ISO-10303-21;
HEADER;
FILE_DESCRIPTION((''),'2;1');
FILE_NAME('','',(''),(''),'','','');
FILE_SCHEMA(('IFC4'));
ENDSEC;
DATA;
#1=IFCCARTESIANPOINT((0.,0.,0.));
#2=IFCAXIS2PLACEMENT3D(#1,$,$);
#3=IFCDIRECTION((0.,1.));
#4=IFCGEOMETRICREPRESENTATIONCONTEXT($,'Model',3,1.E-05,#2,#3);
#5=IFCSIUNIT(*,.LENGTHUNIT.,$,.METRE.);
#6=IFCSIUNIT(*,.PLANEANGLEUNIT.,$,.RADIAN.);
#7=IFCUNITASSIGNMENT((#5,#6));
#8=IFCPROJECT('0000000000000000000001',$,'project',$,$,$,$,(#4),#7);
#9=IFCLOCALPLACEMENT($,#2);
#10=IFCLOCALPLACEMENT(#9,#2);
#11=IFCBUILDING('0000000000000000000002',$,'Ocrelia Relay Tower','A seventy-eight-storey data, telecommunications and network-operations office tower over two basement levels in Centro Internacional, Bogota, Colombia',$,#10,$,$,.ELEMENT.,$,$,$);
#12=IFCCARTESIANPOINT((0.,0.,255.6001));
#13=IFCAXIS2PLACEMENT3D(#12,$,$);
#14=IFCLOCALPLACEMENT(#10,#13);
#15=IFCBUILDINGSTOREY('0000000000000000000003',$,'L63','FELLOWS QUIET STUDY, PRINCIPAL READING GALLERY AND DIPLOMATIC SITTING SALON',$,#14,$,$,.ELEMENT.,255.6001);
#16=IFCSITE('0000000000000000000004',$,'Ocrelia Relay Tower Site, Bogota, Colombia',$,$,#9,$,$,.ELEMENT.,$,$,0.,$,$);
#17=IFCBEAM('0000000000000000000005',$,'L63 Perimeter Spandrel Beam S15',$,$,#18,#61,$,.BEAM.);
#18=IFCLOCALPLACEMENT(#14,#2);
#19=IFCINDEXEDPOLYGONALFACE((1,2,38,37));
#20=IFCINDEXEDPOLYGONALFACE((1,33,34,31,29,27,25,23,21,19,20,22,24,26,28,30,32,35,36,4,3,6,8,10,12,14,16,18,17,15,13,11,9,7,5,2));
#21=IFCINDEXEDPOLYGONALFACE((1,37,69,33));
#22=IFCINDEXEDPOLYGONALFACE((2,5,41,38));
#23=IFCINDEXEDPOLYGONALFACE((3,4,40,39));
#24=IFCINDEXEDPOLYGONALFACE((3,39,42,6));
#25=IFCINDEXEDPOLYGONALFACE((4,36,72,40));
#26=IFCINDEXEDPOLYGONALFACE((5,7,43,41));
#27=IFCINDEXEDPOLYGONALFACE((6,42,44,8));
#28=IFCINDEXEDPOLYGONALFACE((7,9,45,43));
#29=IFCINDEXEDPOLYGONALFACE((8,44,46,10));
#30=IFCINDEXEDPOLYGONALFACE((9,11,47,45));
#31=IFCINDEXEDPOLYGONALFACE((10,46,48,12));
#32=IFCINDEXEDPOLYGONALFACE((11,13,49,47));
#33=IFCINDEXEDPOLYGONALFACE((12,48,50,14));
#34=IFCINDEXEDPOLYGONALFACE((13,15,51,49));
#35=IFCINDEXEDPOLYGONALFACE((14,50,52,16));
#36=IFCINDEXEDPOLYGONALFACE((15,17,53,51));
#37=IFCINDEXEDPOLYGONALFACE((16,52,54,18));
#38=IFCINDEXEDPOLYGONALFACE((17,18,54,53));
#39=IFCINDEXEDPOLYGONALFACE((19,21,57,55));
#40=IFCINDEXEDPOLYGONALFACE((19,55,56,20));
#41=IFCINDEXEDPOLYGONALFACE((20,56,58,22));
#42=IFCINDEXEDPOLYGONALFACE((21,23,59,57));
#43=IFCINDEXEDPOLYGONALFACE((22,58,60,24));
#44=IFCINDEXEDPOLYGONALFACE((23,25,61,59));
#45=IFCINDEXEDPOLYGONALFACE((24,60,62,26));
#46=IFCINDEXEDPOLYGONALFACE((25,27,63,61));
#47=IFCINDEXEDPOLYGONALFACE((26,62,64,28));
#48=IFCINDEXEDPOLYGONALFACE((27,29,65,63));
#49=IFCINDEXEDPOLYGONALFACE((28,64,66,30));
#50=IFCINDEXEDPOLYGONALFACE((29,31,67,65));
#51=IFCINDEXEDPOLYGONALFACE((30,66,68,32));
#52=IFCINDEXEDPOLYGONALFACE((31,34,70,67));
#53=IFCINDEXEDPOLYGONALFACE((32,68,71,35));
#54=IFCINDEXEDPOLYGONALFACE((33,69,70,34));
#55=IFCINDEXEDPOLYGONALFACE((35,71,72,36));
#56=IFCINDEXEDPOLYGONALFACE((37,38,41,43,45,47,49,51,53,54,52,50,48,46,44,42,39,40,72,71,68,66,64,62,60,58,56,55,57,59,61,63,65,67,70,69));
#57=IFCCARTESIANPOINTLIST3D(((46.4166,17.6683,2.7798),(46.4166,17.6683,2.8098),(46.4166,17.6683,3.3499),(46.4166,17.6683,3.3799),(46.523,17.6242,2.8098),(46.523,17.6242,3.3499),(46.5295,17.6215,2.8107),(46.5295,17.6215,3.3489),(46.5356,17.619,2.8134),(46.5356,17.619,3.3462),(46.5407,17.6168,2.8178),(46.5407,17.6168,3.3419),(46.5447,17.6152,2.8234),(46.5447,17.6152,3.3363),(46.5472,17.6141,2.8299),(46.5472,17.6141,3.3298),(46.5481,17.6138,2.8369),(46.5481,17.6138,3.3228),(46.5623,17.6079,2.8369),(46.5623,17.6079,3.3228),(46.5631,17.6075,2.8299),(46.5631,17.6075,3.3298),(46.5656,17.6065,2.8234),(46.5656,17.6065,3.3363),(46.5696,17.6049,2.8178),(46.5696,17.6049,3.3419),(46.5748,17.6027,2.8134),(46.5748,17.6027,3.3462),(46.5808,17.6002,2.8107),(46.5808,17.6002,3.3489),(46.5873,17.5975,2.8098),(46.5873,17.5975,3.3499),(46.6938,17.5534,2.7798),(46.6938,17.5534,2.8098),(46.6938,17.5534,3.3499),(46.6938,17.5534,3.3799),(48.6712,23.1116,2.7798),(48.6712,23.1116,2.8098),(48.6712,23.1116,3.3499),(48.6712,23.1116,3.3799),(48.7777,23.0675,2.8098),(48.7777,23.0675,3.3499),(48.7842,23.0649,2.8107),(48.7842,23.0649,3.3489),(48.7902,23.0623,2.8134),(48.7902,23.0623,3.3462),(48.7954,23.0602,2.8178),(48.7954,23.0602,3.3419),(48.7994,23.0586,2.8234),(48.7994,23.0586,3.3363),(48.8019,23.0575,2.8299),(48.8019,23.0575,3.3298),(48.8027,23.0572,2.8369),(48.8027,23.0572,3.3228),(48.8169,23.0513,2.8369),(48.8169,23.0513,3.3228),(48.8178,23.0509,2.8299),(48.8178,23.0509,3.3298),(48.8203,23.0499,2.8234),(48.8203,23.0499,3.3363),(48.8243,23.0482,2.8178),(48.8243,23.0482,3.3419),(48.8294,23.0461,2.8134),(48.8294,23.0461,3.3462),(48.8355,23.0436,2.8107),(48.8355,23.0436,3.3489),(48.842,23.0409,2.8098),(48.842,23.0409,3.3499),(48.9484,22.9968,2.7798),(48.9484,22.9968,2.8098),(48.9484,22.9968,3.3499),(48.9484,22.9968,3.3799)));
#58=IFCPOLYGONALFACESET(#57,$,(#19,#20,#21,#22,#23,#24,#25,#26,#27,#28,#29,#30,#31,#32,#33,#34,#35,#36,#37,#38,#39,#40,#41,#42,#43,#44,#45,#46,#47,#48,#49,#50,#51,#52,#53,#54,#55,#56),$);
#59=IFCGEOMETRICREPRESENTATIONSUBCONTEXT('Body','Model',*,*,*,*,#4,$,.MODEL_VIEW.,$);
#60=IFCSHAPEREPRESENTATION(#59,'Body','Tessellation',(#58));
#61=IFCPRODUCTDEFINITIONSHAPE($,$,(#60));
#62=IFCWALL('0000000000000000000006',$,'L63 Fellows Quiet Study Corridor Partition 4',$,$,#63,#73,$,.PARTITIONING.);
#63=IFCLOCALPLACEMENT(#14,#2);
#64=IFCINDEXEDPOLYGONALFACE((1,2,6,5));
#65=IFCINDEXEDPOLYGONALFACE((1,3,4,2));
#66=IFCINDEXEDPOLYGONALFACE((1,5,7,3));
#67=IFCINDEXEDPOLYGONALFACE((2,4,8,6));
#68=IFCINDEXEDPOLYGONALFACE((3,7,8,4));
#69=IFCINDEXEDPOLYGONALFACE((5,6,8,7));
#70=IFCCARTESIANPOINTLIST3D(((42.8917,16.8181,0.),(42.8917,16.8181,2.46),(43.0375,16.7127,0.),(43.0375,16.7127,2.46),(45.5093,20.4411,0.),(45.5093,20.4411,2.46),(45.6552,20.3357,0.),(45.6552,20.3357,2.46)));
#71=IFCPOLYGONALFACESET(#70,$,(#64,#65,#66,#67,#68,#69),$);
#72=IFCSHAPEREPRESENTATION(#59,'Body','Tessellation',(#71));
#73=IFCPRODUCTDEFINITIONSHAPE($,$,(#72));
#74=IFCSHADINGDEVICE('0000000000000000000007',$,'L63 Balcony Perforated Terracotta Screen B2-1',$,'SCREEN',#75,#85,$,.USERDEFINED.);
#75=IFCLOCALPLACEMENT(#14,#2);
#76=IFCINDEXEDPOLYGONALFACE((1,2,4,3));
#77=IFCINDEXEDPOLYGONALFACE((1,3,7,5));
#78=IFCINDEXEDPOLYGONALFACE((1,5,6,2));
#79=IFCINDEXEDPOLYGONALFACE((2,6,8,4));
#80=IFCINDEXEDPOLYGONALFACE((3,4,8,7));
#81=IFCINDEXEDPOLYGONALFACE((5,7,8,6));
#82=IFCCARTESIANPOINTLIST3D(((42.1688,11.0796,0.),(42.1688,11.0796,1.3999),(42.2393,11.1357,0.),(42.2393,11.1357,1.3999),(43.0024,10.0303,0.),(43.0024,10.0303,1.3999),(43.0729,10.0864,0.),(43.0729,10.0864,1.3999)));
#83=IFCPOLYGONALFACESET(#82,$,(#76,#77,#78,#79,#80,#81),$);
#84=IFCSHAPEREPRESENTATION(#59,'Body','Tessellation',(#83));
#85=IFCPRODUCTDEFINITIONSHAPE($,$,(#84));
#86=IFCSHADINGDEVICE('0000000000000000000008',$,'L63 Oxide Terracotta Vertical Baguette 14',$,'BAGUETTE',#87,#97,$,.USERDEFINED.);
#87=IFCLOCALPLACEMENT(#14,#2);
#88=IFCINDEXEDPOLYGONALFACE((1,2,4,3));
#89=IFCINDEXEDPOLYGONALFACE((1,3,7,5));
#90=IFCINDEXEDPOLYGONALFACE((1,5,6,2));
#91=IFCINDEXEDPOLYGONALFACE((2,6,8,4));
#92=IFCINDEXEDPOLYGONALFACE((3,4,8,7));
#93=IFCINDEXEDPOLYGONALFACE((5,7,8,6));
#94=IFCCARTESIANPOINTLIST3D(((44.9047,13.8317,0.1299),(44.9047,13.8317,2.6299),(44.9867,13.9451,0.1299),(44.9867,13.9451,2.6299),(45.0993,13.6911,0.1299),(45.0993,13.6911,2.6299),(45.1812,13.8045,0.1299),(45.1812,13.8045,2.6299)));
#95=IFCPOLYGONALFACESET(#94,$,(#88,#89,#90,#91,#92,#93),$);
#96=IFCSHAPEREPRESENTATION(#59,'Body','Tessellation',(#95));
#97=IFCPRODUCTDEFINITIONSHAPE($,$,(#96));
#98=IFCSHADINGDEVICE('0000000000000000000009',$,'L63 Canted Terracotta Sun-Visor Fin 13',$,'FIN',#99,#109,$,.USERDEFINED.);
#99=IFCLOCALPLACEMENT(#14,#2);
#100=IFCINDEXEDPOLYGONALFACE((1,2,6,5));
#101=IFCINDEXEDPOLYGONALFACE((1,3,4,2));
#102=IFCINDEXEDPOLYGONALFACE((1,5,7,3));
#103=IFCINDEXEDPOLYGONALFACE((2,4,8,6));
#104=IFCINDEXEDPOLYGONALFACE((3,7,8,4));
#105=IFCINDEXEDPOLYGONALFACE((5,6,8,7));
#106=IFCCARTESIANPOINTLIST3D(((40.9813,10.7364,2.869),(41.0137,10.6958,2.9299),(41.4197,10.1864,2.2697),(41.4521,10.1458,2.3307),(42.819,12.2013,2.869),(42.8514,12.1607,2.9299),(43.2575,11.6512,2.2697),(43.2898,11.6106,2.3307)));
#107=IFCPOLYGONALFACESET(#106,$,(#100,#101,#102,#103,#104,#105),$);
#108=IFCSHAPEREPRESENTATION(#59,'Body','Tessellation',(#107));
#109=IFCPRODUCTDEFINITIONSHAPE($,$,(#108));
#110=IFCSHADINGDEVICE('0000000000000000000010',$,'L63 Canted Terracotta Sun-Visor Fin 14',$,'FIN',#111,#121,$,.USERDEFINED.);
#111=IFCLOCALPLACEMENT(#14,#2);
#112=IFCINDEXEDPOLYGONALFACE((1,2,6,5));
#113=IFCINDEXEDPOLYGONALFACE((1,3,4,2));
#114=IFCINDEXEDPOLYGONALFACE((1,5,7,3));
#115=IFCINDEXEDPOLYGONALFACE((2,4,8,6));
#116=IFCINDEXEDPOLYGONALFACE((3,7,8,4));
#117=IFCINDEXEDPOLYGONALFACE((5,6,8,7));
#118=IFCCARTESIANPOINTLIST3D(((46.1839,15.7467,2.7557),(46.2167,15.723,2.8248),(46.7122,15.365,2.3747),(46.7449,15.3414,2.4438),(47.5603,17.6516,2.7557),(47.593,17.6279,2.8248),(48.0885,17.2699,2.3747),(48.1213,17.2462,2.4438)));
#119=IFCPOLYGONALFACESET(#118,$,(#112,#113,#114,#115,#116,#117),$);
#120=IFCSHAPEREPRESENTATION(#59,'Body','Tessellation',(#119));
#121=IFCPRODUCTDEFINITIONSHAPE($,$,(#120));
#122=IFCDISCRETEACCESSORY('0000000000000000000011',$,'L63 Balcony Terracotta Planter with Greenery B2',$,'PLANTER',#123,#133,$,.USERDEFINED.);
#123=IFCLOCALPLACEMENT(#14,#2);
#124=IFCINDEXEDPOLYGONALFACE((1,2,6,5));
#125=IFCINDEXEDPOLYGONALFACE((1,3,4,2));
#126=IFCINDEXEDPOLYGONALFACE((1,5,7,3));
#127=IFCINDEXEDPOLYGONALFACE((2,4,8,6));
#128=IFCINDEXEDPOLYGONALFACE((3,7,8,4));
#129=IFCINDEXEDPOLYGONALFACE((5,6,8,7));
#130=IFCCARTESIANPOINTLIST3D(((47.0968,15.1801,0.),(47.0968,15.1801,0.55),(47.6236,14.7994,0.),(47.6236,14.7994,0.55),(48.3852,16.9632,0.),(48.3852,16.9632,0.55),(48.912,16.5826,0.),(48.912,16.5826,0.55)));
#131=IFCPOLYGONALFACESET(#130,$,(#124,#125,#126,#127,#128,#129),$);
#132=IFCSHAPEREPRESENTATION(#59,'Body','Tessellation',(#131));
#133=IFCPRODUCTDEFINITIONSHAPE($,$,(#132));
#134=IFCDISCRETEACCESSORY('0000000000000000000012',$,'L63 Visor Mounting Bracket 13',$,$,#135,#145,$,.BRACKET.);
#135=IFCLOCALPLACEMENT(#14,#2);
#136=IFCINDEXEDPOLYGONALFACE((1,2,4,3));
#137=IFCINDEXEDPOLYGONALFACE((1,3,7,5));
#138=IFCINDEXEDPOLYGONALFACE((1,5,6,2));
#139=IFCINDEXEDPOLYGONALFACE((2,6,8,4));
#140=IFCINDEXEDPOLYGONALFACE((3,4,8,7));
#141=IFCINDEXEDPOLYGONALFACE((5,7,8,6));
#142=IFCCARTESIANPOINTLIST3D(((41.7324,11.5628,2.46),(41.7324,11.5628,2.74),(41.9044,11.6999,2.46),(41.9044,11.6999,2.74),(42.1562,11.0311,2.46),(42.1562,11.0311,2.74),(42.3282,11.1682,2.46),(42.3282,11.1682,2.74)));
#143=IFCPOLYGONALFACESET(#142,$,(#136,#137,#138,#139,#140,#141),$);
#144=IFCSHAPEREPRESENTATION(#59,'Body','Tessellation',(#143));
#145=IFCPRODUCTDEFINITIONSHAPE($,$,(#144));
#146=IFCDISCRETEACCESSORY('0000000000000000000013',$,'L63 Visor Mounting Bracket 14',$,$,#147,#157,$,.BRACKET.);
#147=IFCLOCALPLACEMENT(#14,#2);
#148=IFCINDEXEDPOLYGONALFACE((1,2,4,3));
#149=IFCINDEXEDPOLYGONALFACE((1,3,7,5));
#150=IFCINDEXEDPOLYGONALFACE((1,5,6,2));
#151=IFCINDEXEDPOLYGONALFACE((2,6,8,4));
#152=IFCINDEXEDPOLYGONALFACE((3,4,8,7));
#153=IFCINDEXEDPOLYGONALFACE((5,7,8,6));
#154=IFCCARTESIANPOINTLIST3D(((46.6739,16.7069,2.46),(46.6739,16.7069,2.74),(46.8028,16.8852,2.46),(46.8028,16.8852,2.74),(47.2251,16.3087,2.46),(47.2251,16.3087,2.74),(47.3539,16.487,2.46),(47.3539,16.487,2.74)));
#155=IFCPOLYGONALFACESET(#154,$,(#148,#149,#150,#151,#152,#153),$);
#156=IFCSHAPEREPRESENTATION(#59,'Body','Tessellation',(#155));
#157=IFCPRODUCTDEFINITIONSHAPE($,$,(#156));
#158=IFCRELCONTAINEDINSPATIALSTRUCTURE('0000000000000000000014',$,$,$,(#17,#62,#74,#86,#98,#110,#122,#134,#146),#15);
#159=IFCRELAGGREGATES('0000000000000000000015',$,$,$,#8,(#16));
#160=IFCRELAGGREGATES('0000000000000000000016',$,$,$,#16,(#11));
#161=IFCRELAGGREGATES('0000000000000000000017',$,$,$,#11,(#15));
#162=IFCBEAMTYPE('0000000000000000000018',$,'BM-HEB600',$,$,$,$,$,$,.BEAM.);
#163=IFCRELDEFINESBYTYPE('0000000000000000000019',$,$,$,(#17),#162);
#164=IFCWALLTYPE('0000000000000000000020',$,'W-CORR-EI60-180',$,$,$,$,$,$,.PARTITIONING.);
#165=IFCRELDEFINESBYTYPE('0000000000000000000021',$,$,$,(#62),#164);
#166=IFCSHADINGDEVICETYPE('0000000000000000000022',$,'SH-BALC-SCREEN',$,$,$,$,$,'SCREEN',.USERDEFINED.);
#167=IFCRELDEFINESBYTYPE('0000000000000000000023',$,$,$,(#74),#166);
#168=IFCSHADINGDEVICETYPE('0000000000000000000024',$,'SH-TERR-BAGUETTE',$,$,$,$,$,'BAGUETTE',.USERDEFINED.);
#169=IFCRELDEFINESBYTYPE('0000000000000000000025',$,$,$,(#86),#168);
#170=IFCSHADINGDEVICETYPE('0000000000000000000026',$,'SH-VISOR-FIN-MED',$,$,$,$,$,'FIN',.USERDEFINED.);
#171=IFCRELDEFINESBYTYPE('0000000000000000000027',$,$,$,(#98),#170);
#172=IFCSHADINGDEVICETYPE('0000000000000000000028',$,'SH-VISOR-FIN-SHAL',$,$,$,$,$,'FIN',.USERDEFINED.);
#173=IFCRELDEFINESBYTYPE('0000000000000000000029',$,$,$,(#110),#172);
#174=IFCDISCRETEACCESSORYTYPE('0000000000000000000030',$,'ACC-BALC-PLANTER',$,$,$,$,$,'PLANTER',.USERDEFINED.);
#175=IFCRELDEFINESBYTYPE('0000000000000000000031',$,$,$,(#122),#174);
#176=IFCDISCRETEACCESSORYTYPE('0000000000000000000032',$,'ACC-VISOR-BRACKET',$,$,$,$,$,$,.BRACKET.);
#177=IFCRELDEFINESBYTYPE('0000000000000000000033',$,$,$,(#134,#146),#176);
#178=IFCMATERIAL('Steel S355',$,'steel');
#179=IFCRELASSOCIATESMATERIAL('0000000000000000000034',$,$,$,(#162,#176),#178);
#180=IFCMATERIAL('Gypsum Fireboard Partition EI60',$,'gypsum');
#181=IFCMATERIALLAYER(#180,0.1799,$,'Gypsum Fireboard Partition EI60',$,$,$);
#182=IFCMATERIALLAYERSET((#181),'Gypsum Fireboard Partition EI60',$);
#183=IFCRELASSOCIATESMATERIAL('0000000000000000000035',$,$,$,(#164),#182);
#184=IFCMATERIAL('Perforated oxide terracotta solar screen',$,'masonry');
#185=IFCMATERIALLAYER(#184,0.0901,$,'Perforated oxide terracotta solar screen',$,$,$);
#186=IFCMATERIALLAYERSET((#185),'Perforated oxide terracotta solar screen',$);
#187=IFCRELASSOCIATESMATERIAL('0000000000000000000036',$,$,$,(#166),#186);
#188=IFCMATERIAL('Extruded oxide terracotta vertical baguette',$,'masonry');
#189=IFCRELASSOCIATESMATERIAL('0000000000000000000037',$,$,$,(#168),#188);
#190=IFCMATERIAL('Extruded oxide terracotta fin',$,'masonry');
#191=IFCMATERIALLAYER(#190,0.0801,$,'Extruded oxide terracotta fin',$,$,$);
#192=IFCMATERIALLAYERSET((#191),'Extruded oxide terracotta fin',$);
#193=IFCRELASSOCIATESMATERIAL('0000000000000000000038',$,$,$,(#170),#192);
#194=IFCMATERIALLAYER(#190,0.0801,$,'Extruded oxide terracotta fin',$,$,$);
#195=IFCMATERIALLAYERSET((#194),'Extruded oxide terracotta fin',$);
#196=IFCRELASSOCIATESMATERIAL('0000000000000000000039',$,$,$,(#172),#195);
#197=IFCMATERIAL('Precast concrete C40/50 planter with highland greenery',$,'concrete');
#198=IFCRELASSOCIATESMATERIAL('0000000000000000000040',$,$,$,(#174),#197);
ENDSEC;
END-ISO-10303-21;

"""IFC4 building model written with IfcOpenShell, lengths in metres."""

from ifc_helpers import new_model, si_unit, direction, frame, frame_2d, origin, origin_2d, place, context, subcontext, project, spatial, rectangle, i_section, extrude, material, layer, layer_set, material_profile, profile_set, type_object, element, save


model = new_model("IFC4")

# Units and contexts
model_context = context("Model", 3, precision=1e-05, world=origin(), true_north=direction((0.0, 1.0)))
body_context = subcontext(model_context, "Body", "Model", "MODEL_VIEW")
ifc_project = project(units=[si_unit("LENGTHUNIT", "METRE"), si_unit("PLANEANGLEUNIT", "RADIAN")], contexts=[model_context])

# Site, building, storey
site_placement = place(None, origin())
site = spatial("IfcSite", under=ifc_project, at=site_placement, Name="Ocrelia Relay Tower Site, Bogota, Colombia", CompositionType="ELEMENT", RefElevation=0.0)
building_placement = place(site_placement, origin())
building = spatial("IfcBuilding", under=site, at=building_placement, Name="Ocrelia Relay Tower", Description="A seventy-eight-storey data, telecommunications and network-operations office tower over two basement levels in Centro Internacional, Bogota, Colombia", CompositionType="ELEMENT")
storey_placement = place(building_placement, frame((0.0, 0.0, 255.6001)))
storey = spatial("IfcBuildingStorey", under=building, at=storey_placement, Name="L63", Description="FELLOWS QUIET STUDY, PRINCIPAL READING GALLERY AND DIPLOMATIC SITTING SALON", CompositionType="ELEMENT", Elevation=255.6001)

# Beam
ifc_material_1 = material(Name="Steel S355", Category="steel")
ifc_material_profile_1 = material_profile(ifc_material_1, i_section(OverallWidth=0.3, OverallDepth=0.6001, WebThickness=0.0154, FlangeThickness=0.03, FilletRadius=0.0271, at=origin_2d()), Name="HEB 600")
ifc_profile_set_1 = profile_set([ifc_material_profile_1], Name="Steel S355")
beam_type_1 = type_object("IfcBeamType", Name="BM-HEB600", PredefinedType="BEAM", material=ifc_profile_set_1)
beam_1_placement = place(storey_placement, frame((46.5552, 17.6108, 3.0798), z_axis=(0.382673, 0.923884, 0.0), x_axis=(-0.923884, 0.382673, 0.0)))
element("IfcBeam", 1, at=beam_1_placement, inside=storey, type_object=beam_type_1, Name="L63 Perimeter Spandrel Beam S15", PredefinedType="BEAM", context=body_context, shape_type="SweptSolid", body=[
    extrude(i_section(OverallWidth=0.3, OverallDepth=0.6001, WebThickness=0.0154, FlangeThickness=0.03, FilletRadius=0.0271, at=origin_2d()), origin(), (0.0, 0.0, 1.0), 5.8918),
])

# Wall
ifc_material_2 = material(Name="Gypsum Fireboard Partition EI60", Category="gypsum")
ifc_layer_1 = layer(ifc_material_2, 0.1799, Name="Gypsum Fireboard Partition EI60")
ifc_layer_set_1 = layer_set([ifc_layer_1], Name="Gypsum Fireboard Partition EI60")
wall_type_1 = type_object("IfcWallType", Name="W-CORR-EI60-180", PredefinedType="PARTITIONING", material=ifc_layer_set_1)
wall_1_placement = place(storey_placement, frame((42.9646, 16.7654, 0.0), z_axis=(0.0, 0.0, 1.0), x_axis=(0.585642, 0.81057, 0.0)))
element("IfcWall", 2, at=wall_1_placement, inside=storey, type_object=wall_type_1, Name="L63 Fellows Quiet Study Corridor Partition 4", PredefinedType="PARTITIONING", context=body_context, shape_type="SweptSolid", body=[
    extrude(rectangle(XDim=4.4697, YDim=0.1799, at=frame_2d((2.2349, 0.0))), origin(), (0.0, 0.0, 1.0), 2.46),
])

# Shading devices
ifc_material_3 = material(Name="Perforated oxide terracotta solar screen", Category="masonry")
ifc_layer_2 = layer(ifc_material_3, 0.0901, Name="Perforated oxide terracotta solar screen")
ifc_layer_set_2 = layer_set([ifc_layer_2], Name="Perforated oxide terracotta solar screen")
shading_device_type_1 = type_object("IfcShadingDeviceType", Name="SH-BALC-SCREEN", ElementType="SCREEN", PredefinedType="USERDEFINED", material=ifc_layer_set_2)
shading_device_1_placement = place(storey_placement, frame((42.6208, 10.583, 0.0), z_axis=(0.0, 0.0, 1.0), x_axis=(0.622031, -0.782993, 0.0)))
element("IfcShadingDevice", 3, at=shading_device_1_placement, inside=storey, type_object=shading_device_type_1, Name="L63 Balcony Perforated Terracotta Screen B2-1", ObjectType="SCREEN", PredefinedType="USERDEFINED", context=body_context, shape_type="SweptSolid", body=[
    extrude(rectangle(XDim=1.3401, YDim=0.0901, at=origin_2d()), origin(), (0.0, 0.0, 1.0), 1.3999),
])
ifc_material_4 = material(Name="Extruded oxide terracotta vertical baguette", Category="masonry")
shading_device_type_2 = type_object("IfcShadingDeviceType", Name="SH-TERR-BAGUETTE", ElementType="BAGUETTE", PredefinedType="USERDEFINED", material=ifc_material_4)
shading_device_2_placement = place(storey_placement, frame((45.043, 13.8181, 0.1299), z_axis=(0.0, 0.0, 1.0), x_axis=(0.58566, 0.810557, 0.0)))
element("IfcShadingDevice", 4, at=shading_device_2_placement, inside=storey, type_object=shading_device_type_2, Name="L63 Oxide Terracotta Vertical Baguette 14", ObjectType="BAGUETTE", PredefinedType="USERDEFINED", context=body_context, shape_type="SweptSolid", body=[
    extrude(rectangle(XDim=0.1399, YDim=0.24, at=origin_2d()), origin(), (0.0, 0.0, 1.0), 2.5),
])
ifc_material_5 = material(Name="Extruded oxide terracotta fin", Category="masonry")
ifc_layer_3 = layer(ifc_material_5, 0.0801, Name="Extruded oxide terracotta fin")
ifc_layer_set_3 = layer_set([ifc_layer_3], Name="Extruded oxide terracotta fin")
shading_device_type_3 = type_object("IfcShadingDeviceType", Name="SH-VISOR-FIN-MED", ElementType="FIN", PredefinedType="USERDEFINED", material=ifc_layer_set_3)
shading_device_3_placement = place(storey_placement, frame((42.1194, 11.1938, 2.5693), z_axis=(0.40423, -0.507124, 0.761199), x_axis=(0.781973, 0.623313, 0.0)))
element("IfcShadingDevice", 5, at=shading_device_3_placement, inside=storey, type_object=shading_device_type_3, Name="L63 Canted Terracotta Sun-Visor Fin 13", ObjectType="FIN", PredefinedType="USERDEFINED", context=body_context, shape_type="SweptSolid", body=[
    extrude(rectangle(XDim=2.3501, YDim=0.9241, at=origin_2d()), origin(), (0.0, 0.0, 1.0), 0.0801),
])
ifc_layer_4 = layer(ifc_material_5, 0.0801, Name="Extruded oxide terracotta fin")
ifc_layer_set_4 = layer_set([ifc_layer_4], Name="Extruded oxide terracotta fin")
shading_device_type_4 = type_object("IfcShadingDeviceType", Name="SH-VISOR-FIN-SHAL", ElementType="FIN", PredefinedType="USERDEFINED", material=ifc_layer_set_4)
shading_device_4_placement = place(storey_placement, frame((47.1362, 16.5083, 2.5652), z_axis=(0.40907, -0.29557, 0.863307), x_axis=(0.58566, 0.810557, 0.0)))
element("IfcShadingDevice", 6, at=shading_device_4_placement, inside=storey, type_object=shading_device_type_4, Name="L63 Canted Terracotta Sun-Visor Fin 14", ObjectType="FIN", PredefinedType="USERDEFINED", context=body_context, shape_type="SweptSolid", body=[
    extrude(rectangle(XDim=2.3501, YDim=0.7549, at=origin_2d()), origin(), (0.0, 0.0, 1.0), 0.0801),
])

# Discrete accessories
ifc_material_6 = material(Name="Precast concrete C40/50 planter with highland greenery", Category="concrete")
discrete_accessory_type_1 = type_object("IfcDiscreteAccessoryType", Name="ACC-BALC-PLANTER", ElementType="PLANTER", PredefinedType="USERDEFINED", material=ifc_material_6)
discrete_accessory_placement = place(storey_placement, frame((48.0044, 15.8813, 0.0), z_axis=(0.0, 0.0, 1.0), x_axis=(-0.585667, -0.810552, 0.0)))
element("IfcDiscreteAccessory", 7, at=discrete_accessory_placement, inside=storey, type_object=discrete_accessory_type_1, Name="L63 Balcony Terracotta Planter with Greenery B2", ObjectType="PLANTER", PredefinedType="USERDEFINED", context=body_context, shape_type="SweptSolid", body=[
    extrude(rectangle(XDim=2.2, YDim=0.6499, at=origin_2d()), origin(), (0.0, 0.0, 1.0), 0.55),
])
discrete_accessory_type_2 = type_object("IfcDiscreteAccessoryType", Name="ACC-VISOR-BRACKET", PredefinedType="BRACKET", material=ifc_material_1)
for number, where, z_axis, x_axis, name in (
    (8, (42.0303, 11.3655, 2.46), (0.0, 0.0, 1.0), (0.781973, 0.623313, 0.0), "L63 Visor Mounting Bracket 13"),
    (9, (47.0139, 16.5969, 2.46), (0.0, 0.0, 1.0), (0.58566, 0.810557, 0.0), "L63 Visor Mounting Bracket 14"),
):
    element("IfcDiscreteAccessory", number, at=place(storey_placement, frame(where, z_axis=z_axis, x_axis=x_axis)), inside=storey, type_object=discrete_accessory_type_2, Name=name, PredefinedType="BRACKET", context=body_context, shape_type="SweptSolid", body=[
        extrude(rectangle(XDim=0.22, YDim=0.6799, at=origin_2d()), origin(), (0.0, 0.0, 1.0), 0.28),
    ])

save(model, "model.ifc")
